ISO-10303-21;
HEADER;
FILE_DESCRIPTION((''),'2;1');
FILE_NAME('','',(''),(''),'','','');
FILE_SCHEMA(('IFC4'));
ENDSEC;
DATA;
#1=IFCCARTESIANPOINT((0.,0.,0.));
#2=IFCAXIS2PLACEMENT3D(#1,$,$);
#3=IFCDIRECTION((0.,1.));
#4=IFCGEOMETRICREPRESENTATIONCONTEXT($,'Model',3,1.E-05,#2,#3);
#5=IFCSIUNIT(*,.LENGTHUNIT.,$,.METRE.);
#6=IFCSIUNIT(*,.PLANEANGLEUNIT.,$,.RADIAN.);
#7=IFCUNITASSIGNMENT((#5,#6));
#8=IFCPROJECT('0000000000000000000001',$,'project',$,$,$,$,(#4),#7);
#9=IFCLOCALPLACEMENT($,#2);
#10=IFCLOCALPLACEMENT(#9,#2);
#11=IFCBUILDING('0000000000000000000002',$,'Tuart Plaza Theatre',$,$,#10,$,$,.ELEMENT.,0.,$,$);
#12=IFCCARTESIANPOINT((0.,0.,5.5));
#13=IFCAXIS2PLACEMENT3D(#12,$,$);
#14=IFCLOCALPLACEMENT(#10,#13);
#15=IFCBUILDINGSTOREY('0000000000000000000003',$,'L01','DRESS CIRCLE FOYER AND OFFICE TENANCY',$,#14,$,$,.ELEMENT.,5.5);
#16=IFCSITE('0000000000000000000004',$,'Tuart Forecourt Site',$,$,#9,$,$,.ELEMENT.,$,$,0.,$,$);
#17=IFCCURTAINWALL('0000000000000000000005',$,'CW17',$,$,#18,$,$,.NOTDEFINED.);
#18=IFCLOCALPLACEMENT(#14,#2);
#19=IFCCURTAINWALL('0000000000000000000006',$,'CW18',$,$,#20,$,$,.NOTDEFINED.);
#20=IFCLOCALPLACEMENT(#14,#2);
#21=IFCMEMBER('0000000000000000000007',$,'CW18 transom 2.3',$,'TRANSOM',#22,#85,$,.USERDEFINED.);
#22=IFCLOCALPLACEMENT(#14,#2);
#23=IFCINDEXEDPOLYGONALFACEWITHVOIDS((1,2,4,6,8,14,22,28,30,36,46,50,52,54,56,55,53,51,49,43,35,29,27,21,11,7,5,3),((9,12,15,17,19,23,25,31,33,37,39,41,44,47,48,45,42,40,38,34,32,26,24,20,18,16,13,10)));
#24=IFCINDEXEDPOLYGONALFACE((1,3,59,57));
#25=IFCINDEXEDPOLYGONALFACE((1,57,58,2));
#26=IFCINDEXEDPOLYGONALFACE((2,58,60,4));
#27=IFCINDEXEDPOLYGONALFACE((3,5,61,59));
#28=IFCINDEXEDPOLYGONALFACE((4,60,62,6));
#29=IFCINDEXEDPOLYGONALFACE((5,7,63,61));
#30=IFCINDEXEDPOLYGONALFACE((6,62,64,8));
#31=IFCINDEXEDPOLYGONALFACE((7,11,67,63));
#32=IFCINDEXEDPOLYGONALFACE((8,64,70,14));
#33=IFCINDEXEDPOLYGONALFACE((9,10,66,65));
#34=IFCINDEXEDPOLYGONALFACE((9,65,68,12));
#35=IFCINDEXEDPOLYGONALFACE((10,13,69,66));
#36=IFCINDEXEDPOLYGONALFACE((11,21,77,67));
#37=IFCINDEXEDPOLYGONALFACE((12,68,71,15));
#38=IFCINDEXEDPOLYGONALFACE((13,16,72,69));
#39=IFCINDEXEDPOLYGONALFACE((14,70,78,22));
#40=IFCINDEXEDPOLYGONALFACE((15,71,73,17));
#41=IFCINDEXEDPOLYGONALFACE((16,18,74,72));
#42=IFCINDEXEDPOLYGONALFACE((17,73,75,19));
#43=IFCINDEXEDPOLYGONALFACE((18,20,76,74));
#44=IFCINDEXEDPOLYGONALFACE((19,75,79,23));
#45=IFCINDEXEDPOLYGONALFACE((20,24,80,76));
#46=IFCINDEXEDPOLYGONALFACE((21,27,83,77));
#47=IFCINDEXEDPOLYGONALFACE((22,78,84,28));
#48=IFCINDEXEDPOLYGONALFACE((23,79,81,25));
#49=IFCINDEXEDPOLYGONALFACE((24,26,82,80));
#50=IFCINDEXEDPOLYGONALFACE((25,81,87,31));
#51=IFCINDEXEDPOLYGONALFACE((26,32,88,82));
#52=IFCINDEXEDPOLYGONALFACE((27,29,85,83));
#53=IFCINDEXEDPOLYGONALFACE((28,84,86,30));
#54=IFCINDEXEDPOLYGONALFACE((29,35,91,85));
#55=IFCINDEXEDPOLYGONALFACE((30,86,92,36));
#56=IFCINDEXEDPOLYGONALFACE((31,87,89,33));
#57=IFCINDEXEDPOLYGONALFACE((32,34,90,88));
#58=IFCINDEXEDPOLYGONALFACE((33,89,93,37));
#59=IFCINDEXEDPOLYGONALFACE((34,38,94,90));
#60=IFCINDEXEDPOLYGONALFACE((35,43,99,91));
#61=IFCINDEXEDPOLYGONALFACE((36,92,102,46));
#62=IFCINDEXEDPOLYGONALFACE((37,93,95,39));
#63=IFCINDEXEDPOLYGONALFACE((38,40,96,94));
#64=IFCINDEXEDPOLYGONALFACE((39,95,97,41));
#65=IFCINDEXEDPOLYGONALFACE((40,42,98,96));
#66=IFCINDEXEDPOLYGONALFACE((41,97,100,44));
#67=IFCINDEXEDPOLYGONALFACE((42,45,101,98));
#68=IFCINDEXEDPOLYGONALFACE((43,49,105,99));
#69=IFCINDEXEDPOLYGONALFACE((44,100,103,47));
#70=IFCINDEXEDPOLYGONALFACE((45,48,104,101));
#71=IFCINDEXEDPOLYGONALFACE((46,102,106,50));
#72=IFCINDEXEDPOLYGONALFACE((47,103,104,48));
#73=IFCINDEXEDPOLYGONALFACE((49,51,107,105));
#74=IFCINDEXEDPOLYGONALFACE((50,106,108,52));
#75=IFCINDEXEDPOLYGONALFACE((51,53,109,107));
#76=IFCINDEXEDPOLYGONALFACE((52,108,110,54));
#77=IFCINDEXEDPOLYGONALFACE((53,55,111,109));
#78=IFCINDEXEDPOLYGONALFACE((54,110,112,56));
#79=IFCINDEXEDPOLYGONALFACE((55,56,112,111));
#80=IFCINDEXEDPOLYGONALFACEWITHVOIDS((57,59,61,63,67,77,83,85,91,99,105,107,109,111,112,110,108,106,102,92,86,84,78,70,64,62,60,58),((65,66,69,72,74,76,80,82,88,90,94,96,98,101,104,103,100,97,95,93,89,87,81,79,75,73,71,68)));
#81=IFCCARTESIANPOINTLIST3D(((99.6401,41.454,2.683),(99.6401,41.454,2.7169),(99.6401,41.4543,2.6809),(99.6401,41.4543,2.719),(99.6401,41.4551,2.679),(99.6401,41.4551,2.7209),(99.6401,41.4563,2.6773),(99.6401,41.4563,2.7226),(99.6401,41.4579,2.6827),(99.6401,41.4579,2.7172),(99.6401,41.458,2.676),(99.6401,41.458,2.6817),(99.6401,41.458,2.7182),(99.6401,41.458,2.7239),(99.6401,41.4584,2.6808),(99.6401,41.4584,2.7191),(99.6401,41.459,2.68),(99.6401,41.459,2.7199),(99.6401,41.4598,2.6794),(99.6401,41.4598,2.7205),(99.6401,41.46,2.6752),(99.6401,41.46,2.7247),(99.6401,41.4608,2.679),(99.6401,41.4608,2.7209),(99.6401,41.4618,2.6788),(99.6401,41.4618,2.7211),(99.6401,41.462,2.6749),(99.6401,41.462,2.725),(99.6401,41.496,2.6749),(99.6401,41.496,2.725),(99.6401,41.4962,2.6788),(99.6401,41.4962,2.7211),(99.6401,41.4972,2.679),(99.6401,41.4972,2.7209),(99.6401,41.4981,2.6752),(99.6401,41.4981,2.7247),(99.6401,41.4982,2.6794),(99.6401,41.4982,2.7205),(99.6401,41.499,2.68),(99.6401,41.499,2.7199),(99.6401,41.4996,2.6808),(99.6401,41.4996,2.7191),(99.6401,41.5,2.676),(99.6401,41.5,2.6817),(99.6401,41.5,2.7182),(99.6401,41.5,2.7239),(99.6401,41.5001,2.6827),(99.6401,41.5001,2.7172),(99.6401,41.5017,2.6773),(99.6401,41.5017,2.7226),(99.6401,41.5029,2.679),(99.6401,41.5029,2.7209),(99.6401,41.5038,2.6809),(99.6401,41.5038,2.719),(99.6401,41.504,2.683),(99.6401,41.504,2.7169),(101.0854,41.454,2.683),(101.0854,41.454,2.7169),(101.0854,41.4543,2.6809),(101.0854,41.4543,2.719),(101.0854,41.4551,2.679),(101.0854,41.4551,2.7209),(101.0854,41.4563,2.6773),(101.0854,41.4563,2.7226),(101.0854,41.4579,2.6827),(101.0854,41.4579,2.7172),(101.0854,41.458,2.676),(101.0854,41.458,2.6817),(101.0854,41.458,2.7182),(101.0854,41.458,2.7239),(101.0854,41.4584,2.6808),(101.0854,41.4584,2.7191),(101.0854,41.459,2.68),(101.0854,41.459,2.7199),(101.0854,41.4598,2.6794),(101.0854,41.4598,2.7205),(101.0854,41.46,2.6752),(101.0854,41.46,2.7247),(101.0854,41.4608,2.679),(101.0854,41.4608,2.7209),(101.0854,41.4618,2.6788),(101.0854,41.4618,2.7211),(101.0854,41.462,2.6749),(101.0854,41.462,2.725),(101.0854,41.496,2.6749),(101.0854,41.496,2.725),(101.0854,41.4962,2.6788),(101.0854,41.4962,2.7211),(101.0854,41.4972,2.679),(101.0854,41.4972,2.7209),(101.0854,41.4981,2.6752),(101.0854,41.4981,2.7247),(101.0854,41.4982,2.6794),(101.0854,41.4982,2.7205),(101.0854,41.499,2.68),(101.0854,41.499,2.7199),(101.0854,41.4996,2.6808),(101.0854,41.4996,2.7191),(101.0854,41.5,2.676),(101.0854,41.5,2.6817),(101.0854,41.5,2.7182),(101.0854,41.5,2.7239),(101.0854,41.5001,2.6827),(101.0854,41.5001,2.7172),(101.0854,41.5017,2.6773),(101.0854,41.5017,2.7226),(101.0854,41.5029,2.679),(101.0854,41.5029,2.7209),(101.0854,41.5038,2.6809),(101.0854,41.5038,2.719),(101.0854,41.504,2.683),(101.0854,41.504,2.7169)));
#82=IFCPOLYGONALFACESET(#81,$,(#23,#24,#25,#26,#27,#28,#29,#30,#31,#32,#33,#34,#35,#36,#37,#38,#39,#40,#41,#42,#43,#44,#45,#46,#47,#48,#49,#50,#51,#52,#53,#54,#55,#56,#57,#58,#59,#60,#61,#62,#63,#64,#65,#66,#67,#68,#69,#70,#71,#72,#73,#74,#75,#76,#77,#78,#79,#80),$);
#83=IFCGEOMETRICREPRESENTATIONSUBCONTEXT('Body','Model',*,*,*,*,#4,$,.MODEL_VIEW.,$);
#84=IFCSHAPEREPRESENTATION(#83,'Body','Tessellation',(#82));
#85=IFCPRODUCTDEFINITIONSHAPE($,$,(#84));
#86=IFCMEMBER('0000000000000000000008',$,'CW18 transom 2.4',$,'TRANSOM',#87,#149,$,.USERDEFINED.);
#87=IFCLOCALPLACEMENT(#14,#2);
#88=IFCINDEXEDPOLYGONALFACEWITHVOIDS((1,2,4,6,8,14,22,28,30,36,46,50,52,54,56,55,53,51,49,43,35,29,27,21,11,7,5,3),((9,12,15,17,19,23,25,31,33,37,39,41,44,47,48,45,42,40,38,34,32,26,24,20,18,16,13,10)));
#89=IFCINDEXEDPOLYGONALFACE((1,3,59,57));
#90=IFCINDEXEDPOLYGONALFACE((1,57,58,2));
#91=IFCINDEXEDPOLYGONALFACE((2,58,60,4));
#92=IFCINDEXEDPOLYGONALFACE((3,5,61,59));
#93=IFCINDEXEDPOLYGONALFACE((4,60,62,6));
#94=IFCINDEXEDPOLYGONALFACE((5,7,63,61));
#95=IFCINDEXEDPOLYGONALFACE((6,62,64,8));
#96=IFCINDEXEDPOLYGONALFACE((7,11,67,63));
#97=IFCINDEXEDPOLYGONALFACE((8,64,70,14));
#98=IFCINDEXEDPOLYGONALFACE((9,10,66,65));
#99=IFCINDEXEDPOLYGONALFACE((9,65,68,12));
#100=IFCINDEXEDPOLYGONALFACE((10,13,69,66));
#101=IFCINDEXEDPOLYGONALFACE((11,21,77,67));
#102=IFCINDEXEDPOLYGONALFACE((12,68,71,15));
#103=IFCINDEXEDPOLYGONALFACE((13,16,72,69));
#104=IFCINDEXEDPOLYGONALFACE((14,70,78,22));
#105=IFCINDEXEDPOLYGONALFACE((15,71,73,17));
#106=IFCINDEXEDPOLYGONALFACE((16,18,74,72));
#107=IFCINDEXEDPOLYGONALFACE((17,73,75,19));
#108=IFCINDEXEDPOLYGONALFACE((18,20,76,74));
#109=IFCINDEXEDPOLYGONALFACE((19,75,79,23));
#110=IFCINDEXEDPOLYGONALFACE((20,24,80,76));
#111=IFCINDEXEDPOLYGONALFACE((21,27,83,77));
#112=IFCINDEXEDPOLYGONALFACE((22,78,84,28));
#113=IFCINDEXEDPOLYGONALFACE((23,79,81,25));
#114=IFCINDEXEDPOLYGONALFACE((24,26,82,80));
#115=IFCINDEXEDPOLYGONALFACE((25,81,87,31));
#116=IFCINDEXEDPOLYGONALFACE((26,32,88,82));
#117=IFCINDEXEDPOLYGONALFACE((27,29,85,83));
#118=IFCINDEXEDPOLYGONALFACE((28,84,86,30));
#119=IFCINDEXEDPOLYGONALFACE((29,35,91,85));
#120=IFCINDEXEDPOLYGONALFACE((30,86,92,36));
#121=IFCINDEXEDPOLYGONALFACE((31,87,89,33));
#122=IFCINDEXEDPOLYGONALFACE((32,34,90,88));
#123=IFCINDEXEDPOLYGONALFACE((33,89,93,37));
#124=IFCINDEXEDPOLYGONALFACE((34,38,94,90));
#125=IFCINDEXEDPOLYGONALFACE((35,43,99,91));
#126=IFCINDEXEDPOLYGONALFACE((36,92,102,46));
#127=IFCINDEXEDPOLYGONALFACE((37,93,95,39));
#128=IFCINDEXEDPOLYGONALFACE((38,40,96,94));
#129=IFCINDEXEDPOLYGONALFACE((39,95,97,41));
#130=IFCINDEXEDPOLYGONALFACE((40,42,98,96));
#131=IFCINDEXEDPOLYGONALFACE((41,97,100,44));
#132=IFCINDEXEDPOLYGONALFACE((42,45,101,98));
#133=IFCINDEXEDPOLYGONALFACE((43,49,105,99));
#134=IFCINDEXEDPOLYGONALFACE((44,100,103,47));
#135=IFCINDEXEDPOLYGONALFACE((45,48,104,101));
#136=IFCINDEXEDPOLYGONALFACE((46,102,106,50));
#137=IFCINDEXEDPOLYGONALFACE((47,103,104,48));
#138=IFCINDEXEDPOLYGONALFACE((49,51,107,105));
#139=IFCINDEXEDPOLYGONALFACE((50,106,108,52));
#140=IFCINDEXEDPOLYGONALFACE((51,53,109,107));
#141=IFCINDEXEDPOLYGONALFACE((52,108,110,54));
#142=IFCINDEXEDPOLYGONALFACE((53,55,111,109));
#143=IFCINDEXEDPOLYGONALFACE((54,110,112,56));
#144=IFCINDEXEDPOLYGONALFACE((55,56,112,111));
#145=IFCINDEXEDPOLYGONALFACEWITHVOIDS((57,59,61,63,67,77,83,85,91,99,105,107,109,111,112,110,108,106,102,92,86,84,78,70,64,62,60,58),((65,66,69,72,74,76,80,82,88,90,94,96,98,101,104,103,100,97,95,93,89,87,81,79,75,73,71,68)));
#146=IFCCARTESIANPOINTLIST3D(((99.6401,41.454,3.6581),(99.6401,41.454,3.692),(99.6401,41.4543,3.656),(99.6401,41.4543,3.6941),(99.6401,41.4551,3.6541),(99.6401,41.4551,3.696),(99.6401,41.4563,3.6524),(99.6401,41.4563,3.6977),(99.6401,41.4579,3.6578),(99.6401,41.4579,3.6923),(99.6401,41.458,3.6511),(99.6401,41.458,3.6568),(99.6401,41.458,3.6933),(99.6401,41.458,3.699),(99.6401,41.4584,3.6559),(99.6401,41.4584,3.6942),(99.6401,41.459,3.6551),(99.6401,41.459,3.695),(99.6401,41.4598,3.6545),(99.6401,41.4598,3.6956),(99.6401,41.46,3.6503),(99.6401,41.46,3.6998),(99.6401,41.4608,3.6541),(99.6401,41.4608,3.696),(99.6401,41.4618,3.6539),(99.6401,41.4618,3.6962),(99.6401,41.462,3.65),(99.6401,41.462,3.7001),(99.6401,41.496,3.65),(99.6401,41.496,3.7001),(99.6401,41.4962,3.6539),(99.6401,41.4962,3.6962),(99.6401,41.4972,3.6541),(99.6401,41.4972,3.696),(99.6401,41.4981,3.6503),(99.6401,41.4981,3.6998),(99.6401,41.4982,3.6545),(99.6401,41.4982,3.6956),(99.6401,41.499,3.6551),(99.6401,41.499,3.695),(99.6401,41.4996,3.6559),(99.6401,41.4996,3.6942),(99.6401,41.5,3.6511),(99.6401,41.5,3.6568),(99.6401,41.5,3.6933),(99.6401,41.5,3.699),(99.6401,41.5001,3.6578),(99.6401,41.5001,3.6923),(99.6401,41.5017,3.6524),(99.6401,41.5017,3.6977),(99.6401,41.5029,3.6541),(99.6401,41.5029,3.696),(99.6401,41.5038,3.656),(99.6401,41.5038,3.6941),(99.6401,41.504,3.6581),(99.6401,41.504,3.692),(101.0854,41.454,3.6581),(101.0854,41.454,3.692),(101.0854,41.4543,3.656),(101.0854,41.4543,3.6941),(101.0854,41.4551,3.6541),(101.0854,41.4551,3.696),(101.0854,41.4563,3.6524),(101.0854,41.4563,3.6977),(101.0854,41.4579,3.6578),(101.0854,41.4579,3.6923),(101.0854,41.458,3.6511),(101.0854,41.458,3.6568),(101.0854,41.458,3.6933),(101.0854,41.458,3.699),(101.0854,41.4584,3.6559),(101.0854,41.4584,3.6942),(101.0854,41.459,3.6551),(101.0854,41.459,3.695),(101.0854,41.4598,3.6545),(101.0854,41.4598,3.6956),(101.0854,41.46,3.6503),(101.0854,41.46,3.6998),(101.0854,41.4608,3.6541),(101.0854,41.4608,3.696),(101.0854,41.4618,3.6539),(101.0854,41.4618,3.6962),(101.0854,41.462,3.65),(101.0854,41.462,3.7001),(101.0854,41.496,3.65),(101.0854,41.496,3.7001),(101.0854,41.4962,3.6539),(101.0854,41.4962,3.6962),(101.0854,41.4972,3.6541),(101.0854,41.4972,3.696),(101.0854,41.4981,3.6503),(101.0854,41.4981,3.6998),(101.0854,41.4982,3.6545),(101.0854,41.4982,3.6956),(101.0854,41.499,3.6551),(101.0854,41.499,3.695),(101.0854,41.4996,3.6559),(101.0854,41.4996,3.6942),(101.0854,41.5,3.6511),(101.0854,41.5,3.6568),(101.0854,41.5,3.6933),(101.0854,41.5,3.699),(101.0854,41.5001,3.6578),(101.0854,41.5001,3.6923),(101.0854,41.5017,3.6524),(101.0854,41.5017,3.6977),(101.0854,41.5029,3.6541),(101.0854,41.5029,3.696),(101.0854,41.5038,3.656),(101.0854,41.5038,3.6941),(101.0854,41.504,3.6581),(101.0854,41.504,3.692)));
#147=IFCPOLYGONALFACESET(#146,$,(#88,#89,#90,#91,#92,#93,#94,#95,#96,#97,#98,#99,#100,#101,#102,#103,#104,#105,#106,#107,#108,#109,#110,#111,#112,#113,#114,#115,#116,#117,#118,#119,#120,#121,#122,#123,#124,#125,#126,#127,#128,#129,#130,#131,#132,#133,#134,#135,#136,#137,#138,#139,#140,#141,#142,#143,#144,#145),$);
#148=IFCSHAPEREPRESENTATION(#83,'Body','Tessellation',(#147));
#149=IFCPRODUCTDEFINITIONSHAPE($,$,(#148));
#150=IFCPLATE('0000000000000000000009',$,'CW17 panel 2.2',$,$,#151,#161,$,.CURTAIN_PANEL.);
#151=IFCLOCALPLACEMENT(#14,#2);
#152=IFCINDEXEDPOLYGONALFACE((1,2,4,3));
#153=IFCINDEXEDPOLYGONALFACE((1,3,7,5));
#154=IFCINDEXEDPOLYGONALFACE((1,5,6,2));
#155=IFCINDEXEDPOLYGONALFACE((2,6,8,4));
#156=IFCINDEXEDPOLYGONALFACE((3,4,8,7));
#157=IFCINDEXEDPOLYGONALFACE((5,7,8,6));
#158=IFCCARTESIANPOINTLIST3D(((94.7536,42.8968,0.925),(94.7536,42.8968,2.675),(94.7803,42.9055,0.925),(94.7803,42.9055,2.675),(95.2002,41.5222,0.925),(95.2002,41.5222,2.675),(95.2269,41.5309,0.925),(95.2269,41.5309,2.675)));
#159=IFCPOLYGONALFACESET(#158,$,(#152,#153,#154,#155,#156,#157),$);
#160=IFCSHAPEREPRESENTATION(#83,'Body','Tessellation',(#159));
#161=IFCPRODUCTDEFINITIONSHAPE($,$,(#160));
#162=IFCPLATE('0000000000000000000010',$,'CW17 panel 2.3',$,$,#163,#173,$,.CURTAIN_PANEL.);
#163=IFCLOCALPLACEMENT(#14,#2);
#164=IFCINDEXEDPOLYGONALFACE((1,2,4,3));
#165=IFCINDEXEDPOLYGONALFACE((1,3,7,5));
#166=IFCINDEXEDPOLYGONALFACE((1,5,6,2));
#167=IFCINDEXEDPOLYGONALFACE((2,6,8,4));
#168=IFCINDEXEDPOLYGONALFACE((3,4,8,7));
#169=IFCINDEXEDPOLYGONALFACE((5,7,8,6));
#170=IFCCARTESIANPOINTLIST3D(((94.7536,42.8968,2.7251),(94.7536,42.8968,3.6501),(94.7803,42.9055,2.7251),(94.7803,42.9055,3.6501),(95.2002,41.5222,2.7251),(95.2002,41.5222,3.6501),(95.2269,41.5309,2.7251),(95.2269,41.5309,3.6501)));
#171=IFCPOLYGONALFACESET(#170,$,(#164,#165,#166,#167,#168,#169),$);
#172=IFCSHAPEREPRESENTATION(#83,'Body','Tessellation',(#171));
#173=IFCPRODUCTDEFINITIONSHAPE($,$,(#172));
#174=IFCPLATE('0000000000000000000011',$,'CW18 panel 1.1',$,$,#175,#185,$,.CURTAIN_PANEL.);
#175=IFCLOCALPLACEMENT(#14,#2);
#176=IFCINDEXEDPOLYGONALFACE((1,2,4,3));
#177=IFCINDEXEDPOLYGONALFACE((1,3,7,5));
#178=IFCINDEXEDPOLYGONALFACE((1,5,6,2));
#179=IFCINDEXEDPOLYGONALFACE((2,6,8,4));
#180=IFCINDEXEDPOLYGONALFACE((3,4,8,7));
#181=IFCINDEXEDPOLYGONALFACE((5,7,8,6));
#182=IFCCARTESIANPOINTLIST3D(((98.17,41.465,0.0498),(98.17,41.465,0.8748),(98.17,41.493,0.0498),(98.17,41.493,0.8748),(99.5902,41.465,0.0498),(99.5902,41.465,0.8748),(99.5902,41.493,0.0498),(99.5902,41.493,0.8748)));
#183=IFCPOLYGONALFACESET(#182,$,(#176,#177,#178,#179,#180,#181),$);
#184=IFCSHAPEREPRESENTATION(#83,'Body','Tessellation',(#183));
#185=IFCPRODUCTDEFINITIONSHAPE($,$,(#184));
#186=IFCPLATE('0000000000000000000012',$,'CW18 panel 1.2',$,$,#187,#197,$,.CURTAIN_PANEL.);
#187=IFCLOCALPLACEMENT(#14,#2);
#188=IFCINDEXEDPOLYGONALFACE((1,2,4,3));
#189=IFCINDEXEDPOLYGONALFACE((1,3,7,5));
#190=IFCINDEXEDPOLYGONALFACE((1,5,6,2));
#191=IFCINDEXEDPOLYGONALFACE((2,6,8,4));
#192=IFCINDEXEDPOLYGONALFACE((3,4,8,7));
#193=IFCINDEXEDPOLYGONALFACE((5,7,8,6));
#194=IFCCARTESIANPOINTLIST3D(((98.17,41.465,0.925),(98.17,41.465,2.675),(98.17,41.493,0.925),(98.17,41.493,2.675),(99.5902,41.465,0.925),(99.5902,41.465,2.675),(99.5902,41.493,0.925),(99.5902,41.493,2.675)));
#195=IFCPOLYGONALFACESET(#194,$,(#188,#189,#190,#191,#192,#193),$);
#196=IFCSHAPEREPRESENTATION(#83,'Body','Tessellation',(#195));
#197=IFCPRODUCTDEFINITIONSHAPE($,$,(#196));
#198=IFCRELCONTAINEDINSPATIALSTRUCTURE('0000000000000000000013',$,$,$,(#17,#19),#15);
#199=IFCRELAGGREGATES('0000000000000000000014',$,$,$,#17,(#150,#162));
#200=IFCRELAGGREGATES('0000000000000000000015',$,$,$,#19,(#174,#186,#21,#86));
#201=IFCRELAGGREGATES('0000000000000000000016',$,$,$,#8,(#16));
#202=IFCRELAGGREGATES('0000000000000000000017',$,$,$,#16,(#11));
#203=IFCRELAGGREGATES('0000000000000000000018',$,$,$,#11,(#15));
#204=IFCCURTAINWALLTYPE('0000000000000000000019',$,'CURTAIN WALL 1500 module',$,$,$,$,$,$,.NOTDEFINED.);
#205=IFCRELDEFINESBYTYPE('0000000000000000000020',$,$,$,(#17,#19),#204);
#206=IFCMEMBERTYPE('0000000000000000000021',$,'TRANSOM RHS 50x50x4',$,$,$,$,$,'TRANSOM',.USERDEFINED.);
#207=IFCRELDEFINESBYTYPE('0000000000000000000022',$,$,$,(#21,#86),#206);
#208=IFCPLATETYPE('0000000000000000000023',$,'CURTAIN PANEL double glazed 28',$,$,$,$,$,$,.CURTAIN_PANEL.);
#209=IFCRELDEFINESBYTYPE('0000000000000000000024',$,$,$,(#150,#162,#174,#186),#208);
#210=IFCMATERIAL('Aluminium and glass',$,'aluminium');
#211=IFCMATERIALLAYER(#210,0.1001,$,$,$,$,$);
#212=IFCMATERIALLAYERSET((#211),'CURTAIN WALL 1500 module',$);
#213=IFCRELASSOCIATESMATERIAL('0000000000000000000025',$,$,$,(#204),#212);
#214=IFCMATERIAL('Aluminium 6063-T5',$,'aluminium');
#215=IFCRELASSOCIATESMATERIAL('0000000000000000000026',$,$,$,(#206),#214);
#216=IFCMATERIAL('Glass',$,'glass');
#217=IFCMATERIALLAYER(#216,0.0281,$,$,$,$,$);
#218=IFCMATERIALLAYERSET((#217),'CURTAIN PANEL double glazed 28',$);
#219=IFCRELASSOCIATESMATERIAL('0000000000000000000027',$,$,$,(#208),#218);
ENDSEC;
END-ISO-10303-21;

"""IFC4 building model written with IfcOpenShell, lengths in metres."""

from ifc_helpers import new_model, si_unit, direction, frame, origin, origin_2d, place, context, subcontext, project, spatial, rectangle, hollow_rectangle, extrude, material, layer, layer_set, material_profile, profile_set, type_object, element, aggregate, save


model = new_model("IFC4")

# Units and contexts
model_context = context("Model", 3, precision=1e-05, world=origin(), true_north=direction((0.0, 1.0)))
body_context = subcontext(model_context, "Body", "Model", "MODEL_VIEW")
ifc_project = project(units=[si_unit("LENGTHUNIT", "METRE"), si_unit("PLANEANGLEUNIT", "RADIAN")], contexts=[model_context])

# Site, building, storey
site_placement = place(None, origin())
site = spatial("IfcSite", under=ifc_project, at=site_placement, Name="Tuart Forecourt Site", CompositionType="ELEMENT", RefElevation=0.0)
building_placement = place(site_placement, origin())
building = spatial("IfcBuilding", under=site, at=building_placement, Name="Tuart Plaza Theatre", CompositionType="ELEMENT", ElevationOfRefHeight=0.0)
storey_placement = place(building_placement, frame((0.0, 0.0, 5.5)))
storey = spatial("IfcBuildingStorey", under=building, at=storey_placement, Name="L01", Description="DRESS CIRCLE FOYER AND OFFICE TENANCY", CompositionType="ELEMENT", Elevation=5.5)

# Curtain wall
ifc_material_1 = material(Name="Aluminium and glass", Category="aluminium")
ifc_layer_1 = layer(ifc_material_1, 0.1001)
ifc_layer_set_1 = layer_set([ifc_layer_1], Name="CURTAIN WALL 1500 module")
curtain_wall_type = type_object("IfcCurtainWallType", Name="CURTAIN WALL 1500 module", PredefinedType="NOTDEFINED", material=ifc_layer_set_1)
curtain_wall_1_placement = place(storey_placement, origin())
curtain_wall_1 = element("IfcCurtainWall", 1, at=curtain_wall_1_placement, inside=storey, type_object=curtain_wall_type, Name="CW17", PredefinedType="NOTDEFINED")

# Curtain wall, members
curtain_wall_2_placement = place(storey_placement, origin())
curtain_wall_2 = element("IfcCurtainWall", 2, at=curtain_wall_2_placement, inside=storey, type_object=curtain_wall_type, Name="CW18", PredefinedType="NOTDEFINED")
ifc_material_2 = material(Name="Aluminium 6063-T5", Category="aluminium")
ifc_material_profile_1 = material_profile(ifc_material_2, hollow_rectangle(XDim=0.05, YDim=0.05, WallThickness=0.0039, InnerFilletRadius=0.0039, OuterFilletRadius=0.0081, at=origin_2d()), Name="RHS 50x50x4")
ifc_profile_set_1 = profile_set([ifc_material_profile_1], Name="Aluminium 6063-T5")
member_type_1 = type_object("IfcMemberType", Name="TRANSOM RHS 50x50x4", ElementType="TRANSOM", PredefinedType="USERDEFINED", material=ifc_profile_set_1)
member_1_placement = place(storey_placement, frame((99.6401, 41.479, 2.7), z_axis=(1.0, 0.0, 0.0), x_axis=(0.0, 1.0, 0.0)))
member_1 = element("IfcMember", 3, at=member_1_placement, type_object=member_type_1, Name="CW18 transom 2.3", ObjectType="TRANSOM", PredefinedType="USERDEFINED", context=body_context, shape_type="SweptSolid", body=[
    extrude(hollow_rectangle(XDim=0.05, YDim=0.05, WallThickness=0.0039, InnerFilletRadius=0.0039, OuterFilletRadius=0.0081, at=origin_2d()), origin(), (0.0, 0.0, 1.0), 1.4453),
])
member_2_placement = place(storey_placement, frame((99.6401, 41.479, 3.675), z_axis=(1.0, 0.0, 0.0), x_axis=(0.0, 1.0, 0.0)))
member_2 = element("IfcMember", 4, at=member_2_placement, type_object=member_type_1, Name="CW18 transom 2.4", ObjectType="TRANSOM", PredefinedType="USERDEFINED", context=body_context, shape_type="SweptSolid", body=[
    extrude(hollow_rectangle(XDim=0.05, YDim=0.05, WallThickness=0.0039, InnerFilletRadius=0.0039, OuterFilletRadius=0.0081, at=origin_2d()), origin(), (0.0, 0.0, 1.0), 1.4453),
])

# Plates
ifc_material_3 = material(Name="Glass", Category="glass")
ifc_layer_2 = layer(ifc_material_3, 0.0281)
ifc_layer_set_2 = layer_set([ifc_layer_2], Name="CURTAIN PANEL double glazed 28")
plate_type = type_object("IfcPlateType", Name="CURTAIN PANEL double glazed 28", PredefinedType="CURTAIN_PANEL", material=ifc_layer_set_2)
plate_1_placement = place(storey_placement, frame((94.9902, 42.2139, 0.925), z_axis=(0.0, 0.0, 1.0), x_axis=(0.309018, -0.951056, 0.0)))
plate_1 = element("IfcPlate", 5, at=plate_1_placement, type_object=plate_type, Name="CW17 panel 2.2", PredefinedType="CURTAIN_PANEL", context=body_context, shape_type="SweptSolid", body=[
    extrude(rectangle(XDim=1.4453, YDim=0.0281, at=origin_2d()), origin(), (0.0, 0.0, 1.0), 1.75),
])
plate_2_placement = place(storey_placement, frame((94.9902, 42.2139, 2.7251), z_axis=(0.0, 0.0, 1.0), x_axis=(0.309018, -0.951056, 0.0)))
plate_2 = element("IfcPlate", 6, at=plate_2_placement, type_object=plate_type, Name="CW17 panel 2.3", PredefinedType="CURTAIN_PANEL", context=body_context, shape_type="SweptSolid", body=[
    extrude(rectangle(XDim=1.4453, YDim=0.0281, at=origin_2d()), origin(), (0.0, 0.0, 1.0), 0.925),
])
aggregate(curtain_wall_1, [plate_1, plate_2])
plate_3_placement = place(storey_placement, frame((98.8801, 41.479, 0.0498), z_axis=(0.0, 0.0, 1.0), x_axis=(1.0, 0.0, 0.0)))
plate_3 = element("IfcPlate", 7, at=plate_3_placement, type_object=plate_type, Name="CW18 panel 1.1", PredefinedType="CURTAIN_PANEL", context=body_context, shape_type="SweptSolid", body=[
    extrude(rectangle(XDim=1.4202, YDim=0.0281, at=origin_2d()), origin(), (0.0, 0.0, 1.0), 0.825),
])
plate_4_placement = place(storey_placement, frame((98.8801, 41.479, 0.925), z_axis=(0.0, 0.0, 1.0), x_axis=(1.0, 0.0, 0.0)))
plate_4 = element("IfcPlate", 8, at=plate_4_placement, type_object=plate_type, Name="CW18 panel 1.2", PredefinedType="CURTAIN_PANEL", context=body_context, shape_type="SweptSolid", body=[
    extrude(rectangle(XDim=1.4202, YDim=0.0281, at=origin_2d()), origin(), (0.0, 0.0, 1.0), 1.75),
])
aggregate(curtain_wall_2, [plate_3, plate_4, member_1, member_2])

save(model, "model.ifc")
